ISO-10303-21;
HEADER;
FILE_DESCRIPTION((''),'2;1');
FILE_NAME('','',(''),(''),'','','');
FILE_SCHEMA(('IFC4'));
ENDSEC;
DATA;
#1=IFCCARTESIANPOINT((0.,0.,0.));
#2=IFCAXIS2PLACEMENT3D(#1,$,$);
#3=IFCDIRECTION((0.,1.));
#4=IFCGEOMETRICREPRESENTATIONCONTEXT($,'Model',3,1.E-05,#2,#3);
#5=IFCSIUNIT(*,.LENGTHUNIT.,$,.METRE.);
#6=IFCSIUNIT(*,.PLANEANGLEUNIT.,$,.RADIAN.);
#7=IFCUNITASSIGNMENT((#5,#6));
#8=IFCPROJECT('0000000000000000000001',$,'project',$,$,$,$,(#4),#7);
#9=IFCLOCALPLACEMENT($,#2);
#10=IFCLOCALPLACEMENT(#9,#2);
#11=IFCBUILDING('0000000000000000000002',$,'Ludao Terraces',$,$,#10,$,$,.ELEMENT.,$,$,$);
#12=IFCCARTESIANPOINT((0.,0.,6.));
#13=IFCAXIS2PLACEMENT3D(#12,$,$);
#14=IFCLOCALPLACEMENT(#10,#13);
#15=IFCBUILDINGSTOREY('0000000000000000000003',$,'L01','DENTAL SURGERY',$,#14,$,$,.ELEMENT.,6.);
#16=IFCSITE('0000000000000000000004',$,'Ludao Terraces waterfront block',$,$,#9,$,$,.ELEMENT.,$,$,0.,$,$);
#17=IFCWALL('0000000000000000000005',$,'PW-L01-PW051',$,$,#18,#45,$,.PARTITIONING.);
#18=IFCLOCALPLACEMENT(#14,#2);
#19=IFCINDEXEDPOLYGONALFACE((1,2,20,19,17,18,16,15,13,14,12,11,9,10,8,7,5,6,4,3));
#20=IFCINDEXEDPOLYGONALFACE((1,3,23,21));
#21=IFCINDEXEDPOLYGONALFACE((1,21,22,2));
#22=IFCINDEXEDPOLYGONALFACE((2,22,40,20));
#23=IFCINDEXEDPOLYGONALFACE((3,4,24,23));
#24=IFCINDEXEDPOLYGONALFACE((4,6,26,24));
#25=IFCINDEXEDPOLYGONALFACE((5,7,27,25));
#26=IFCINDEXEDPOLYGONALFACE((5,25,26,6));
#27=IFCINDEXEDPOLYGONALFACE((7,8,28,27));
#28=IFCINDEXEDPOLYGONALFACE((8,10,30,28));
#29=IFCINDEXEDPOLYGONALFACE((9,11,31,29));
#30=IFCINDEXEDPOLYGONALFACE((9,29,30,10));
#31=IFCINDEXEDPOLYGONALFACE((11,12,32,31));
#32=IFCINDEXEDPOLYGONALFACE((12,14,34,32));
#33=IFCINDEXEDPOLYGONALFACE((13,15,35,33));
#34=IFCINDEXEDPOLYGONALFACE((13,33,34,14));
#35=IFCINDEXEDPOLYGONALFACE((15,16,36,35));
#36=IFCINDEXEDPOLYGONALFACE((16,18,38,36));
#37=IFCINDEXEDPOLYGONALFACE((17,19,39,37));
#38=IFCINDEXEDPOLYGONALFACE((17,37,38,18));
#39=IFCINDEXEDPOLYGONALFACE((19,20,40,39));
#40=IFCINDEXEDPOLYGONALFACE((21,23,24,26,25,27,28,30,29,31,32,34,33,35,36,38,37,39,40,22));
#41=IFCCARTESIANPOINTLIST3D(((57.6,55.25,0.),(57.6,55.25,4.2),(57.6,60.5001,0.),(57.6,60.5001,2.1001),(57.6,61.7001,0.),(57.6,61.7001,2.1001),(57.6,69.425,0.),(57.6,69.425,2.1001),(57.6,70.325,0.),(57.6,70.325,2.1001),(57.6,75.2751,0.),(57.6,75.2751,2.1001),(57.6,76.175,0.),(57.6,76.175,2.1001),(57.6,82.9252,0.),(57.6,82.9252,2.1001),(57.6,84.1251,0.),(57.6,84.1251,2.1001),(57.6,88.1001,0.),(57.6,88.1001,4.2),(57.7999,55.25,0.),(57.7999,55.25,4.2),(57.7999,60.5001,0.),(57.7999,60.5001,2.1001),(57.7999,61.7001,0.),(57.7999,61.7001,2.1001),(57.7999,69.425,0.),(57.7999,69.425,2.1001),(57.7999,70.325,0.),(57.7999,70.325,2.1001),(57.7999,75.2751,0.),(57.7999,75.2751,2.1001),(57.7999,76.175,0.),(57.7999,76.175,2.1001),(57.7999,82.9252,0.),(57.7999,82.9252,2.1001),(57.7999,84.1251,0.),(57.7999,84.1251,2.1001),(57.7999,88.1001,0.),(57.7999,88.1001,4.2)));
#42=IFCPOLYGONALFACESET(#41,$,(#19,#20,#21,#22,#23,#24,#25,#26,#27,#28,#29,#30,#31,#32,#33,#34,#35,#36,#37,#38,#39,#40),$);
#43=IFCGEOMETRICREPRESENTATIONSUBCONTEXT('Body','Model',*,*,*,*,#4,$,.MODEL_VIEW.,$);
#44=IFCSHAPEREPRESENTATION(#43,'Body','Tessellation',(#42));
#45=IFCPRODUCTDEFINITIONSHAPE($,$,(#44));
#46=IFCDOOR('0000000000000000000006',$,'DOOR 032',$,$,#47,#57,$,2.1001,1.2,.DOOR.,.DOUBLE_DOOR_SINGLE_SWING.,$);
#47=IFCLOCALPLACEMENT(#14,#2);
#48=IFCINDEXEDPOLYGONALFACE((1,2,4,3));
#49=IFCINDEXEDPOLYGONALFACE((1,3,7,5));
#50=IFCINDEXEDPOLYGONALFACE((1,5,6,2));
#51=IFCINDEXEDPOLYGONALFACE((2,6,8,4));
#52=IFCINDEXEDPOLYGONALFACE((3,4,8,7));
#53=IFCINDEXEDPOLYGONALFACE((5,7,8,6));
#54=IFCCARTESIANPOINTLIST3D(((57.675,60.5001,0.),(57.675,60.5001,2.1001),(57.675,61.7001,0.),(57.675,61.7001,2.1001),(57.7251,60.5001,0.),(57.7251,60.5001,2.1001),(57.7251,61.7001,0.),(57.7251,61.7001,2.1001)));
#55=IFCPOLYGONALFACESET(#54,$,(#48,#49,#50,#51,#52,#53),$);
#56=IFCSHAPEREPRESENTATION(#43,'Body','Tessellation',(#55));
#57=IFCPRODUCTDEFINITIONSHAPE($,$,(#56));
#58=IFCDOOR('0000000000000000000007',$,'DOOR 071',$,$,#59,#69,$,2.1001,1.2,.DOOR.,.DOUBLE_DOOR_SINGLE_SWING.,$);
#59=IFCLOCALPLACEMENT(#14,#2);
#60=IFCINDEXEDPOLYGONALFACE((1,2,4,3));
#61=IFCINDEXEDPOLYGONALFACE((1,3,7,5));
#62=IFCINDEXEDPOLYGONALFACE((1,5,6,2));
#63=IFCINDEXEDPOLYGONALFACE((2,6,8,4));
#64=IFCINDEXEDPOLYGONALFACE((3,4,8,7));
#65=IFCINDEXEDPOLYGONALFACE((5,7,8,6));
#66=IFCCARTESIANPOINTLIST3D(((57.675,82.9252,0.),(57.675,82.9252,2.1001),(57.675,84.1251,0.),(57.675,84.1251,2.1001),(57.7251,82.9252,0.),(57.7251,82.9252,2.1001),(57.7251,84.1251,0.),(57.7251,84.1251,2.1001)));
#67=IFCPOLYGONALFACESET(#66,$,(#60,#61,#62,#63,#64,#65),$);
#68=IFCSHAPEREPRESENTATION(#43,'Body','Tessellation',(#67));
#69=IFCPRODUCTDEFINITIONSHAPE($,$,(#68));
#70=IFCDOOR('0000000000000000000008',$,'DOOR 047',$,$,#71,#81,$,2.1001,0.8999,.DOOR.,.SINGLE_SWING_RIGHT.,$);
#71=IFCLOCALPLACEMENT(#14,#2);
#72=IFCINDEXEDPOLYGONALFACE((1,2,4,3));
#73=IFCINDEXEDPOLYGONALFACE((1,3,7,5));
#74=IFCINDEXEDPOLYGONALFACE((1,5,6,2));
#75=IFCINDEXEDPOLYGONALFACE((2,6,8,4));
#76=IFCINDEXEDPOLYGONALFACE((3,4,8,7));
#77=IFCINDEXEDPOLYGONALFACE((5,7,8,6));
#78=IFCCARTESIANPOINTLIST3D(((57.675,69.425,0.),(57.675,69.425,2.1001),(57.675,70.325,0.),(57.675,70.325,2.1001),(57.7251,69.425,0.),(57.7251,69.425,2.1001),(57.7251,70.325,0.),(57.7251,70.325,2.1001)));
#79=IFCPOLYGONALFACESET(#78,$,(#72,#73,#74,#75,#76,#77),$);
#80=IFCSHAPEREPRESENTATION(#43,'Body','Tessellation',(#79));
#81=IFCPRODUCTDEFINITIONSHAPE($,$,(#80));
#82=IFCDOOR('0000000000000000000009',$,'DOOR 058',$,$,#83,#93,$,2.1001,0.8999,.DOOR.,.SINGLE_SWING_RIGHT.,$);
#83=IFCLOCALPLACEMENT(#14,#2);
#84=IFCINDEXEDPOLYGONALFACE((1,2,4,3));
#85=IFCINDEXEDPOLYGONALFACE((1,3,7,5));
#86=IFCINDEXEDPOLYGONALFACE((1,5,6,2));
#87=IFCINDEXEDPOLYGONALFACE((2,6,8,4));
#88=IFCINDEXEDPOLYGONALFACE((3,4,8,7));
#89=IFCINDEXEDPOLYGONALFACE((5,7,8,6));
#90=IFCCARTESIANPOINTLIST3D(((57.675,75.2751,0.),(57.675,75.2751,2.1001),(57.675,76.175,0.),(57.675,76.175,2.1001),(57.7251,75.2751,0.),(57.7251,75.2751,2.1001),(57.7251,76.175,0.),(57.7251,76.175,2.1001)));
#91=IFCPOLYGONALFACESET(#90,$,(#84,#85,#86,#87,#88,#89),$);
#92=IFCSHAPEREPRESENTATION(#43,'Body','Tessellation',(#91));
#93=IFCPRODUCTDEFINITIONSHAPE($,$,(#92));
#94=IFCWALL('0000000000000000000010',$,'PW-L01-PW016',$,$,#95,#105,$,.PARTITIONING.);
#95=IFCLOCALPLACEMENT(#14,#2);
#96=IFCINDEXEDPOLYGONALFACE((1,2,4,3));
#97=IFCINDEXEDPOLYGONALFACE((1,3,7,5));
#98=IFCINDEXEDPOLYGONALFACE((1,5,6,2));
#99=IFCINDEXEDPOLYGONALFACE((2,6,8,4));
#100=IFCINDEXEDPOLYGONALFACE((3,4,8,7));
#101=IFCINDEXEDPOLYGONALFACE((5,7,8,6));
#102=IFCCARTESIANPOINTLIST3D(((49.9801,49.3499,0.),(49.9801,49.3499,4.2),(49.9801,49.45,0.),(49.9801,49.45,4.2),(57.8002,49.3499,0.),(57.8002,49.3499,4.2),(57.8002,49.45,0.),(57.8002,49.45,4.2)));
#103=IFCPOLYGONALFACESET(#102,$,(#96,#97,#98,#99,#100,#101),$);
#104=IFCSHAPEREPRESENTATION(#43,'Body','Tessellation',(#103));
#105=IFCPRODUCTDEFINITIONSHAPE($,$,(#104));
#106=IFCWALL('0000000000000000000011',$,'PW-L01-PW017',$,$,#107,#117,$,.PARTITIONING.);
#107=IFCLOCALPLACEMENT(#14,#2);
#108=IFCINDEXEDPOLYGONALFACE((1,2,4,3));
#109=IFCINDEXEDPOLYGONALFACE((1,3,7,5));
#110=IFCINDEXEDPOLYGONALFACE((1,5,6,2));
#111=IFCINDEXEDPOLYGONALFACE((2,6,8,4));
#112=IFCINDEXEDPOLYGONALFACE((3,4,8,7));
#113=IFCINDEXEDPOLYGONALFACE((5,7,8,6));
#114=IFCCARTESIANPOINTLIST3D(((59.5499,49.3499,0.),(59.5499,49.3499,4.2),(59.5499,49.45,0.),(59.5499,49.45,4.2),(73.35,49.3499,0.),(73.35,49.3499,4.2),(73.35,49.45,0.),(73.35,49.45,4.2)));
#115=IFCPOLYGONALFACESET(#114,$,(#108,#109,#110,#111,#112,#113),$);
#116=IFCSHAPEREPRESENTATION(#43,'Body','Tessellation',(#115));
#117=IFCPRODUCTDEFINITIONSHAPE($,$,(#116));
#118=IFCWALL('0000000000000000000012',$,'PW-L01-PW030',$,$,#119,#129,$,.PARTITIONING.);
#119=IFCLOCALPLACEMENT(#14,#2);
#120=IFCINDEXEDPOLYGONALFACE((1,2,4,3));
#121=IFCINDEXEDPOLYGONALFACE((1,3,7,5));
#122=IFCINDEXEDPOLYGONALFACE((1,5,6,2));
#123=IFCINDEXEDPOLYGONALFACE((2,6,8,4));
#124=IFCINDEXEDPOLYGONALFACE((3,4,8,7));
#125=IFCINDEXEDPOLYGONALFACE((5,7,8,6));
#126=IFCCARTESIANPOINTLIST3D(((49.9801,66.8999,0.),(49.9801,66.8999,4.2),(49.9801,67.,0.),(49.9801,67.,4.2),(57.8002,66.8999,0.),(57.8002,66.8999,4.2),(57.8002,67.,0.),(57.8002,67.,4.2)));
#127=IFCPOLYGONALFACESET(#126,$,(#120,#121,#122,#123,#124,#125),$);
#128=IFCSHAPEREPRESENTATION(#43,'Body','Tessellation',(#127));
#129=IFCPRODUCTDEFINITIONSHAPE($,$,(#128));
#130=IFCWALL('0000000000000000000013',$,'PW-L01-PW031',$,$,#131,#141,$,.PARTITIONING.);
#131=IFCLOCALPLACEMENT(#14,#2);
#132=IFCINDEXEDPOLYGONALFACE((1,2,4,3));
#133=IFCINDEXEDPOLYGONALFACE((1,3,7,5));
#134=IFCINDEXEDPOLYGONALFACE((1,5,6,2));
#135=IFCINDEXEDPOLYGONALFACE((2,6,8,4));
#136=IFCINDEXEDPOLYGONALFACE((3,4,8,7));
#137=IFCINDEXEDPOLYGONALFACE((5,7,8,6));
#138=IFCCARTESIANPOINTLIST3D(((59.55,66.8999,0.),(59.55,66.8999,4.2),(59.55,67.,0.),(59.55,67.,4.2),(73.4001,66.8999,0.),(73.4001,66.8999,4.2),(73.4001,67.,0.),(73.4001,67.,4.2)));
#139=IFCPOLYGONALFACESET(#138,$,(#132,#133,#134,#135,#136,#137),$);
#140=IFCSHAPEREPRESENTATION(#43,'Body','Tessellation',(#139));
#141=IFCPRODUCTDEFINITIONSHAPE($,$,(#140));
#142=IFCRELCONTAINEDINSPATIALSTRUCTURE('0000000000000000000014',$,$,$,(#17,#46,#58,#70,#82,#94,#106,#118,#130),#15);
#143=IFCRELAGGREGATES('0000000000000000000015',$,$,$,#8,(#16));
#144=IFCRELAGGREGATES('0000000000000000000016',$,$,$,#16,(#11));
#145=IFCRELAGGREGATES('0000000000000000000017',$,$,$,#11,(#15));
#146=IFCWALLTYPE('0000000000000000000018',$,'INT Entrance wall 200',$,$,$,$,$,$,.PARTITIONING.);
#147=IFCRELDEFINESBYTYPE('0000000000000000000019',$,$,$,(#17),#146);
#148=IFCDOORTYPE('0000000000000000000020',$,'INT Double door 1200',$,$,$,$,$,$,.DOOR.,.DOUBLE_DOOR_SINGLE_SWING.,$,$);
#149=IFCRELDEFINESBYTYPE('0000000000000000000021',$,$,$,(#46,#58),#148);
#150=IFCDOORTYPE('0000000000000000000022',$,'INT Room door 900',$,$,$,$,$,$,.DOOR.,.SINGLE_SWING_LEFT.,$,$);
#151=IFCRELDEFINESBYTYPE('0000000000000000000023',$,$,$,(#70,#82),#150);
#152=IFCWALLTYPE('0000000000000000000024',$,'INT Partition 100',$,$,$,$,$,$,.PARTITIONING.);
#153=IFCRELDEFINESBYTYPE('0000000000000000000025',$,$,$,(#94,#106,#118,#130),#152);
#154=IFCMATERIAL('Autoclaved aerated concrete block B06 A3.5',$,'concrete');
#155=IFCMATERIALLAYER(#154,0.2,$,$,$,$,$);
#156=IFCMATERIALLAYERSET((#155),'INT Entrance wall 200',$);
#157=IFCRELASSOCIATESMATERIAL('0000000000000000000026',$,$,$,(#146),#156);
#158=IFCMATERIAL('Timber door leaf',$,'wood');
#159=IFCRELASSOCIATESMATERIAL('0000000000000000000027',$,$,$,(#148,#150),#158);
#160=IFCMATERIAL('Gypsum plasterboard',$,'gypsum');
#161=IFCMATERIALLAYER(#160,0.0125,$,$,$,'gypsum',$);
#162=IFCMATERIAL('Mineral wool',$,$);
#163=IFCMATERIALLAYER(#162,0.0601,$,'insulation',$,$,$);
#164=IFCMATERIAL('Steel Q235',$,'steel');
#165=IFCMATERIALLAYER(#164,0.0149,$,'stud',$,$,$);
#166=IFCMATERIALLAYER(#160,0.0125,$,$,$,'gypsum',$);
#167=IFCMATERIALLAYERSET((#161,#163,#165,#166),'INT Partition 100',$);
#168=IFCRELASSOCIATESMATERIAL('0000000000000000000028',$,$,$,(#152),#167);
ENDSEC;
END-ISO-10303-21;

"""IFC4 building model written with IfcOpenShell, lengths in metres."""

from ifc_helpers import new_model, si_unit, direction, frame, frame_2d, origin, place, context, subcontext, project, spatial, rectangle, extrude, material, layer, layer_set, type_object, element, fill, save


model = new_model("IFC4")

# Units and contexts
model_context = context("Model", 3, precision=1e-05, world=origin(), true_north=direction((0.0, 1.0)))
body_context = subcontext(model_context, "Body", "Model", "MODEL_VIEW")
ifc_project = project(units=[si_unit("LENGTHUNIT", "METRE"), si_unit("PLANEANGLEUNIT", "RADIAN")], contexts=[model_context])

# Site, building, storey
site_placement = place(None, origin())
site = spatial("IfcSite", under=ifc_project, at=site_placement, Name="Ludao Terraces waterfront block", CompositionType="ELEMENT", RefElevation=0.0)
building_placement = place(site_placement, origin())
building = spatial("IfcBuilding", under=site, at=building_placement, Name="Ludao Terraces", CompositionType="ELEMENT")
storey_placement = place(building_placement, frame((0.0, 0.0, 6.0)))
storey = spatial("IfcBuildingStorey", under=building, at=storey_placement, Name="L01", Description="DENTAL SURGERY", CompositionType="ELEMENT", Elevation=6.0)

# Shared definitions
ifc_material_1 = material(Name="Autoclaved aerated concrete block B06 A3.5", Category="concrete")
ifc_layer_1 = layer(ifc_material_1, 0.2)
ifc_layer_set_1 = layer_set([ifc_layer_1], Name="INT Entrance wall 200")
wall_type_1 = type_object("IfcWallType", Name="INT Entrance wall 200", PredefinedType="PARTITIONING", material=ifc_layer_set_1)

# Wall, openings, doors
wall_1_placement = place(storey_placement, frame((57.7, 55.25, 0.0), z_axis=(0.0, 0.0, 1.0), x_axis=(0.0, 1.0, 0.0)))
wall_1 = element("IfcWall", 1, at=wall_1_placement, inside=storey, type_object=wall_type_1, Name="PW-L01-PW051", PredefinedType="PARTITIONING", context=body_context, shape_type="SweptSolid", body=[
    extrude(rectangle(XDim=32.8501, YDim=0.2, at=frame_2d((16.425, 0.0))), origin(), (0.0, 0.0, 1.0), 4.2),
])
opening_1_placement = place(wall_1_placement, frame((5.25, 0.0, 0.0)))
opening_1 = element("IfcOpeningElement", 2, at=opening_1_placement, cuts=wall_1, PredefinedType="OPENING", context=body_context, shape_type="SweptSolid", body=[
    extrude(rectangle(XDim=1.2, YDim=2.1001, at=frame_2d((0.6001, 1.05))), frame((0.0, 0.1099, 0.0), z_axis=(0.0, -1.0, 0.0), x_axis=(1.0, 0.0, 0.0)), (0.0, 0.0, 1.0), 0.22),
])
opening_2_placement = place(wall_1_placement, frame((14.175, 0.0, 0.0)))
opening_2 = element("IfcOpeningElement", 3, at=opening_2_placement, cuts=wall_1, PredefinedType="OPENING", context=body_context, shape_type="SweptSolid", body=[
    extrude(rectangle(XDim=0.8999, YDim=2.1001, at=frame_2d((0.45, 1.05))), frame((0.0, 0.1099, 0.0), z_axis=(0.0, -1.0, 0.0), x_axis=(1.0, 0.0, 0.0)), (0.0, 0.0, 1.0), 0.22),
])
opening_3_placement = place(wall_1_placement, frame((20.0251, 0.0, 0.0)))
opening_3 = element("IfcOpeningElement", 4, at=opening_3_placement, cuts=wall_1, PredefinedType="OPENING", context=body_context, shape_type="SweptSolid", body=[
    extrude(rectangle(XDim=0.8999, YDim=2.1001, at=frame_2d((0.45, 1.05))), frame((0.0, 0.1099, 0.0), z_axis=(0.0, -1.0, 0.0), x_axis=(1.0, 0.0, 0.0)), (0.0, 0.0, 1.0), 0.22),
])
opening_4_placement = place(wall_1_placement, frame((27.675, 0.0, 0.0)))
opening_4 = element("IfcOpeningElement", 5, at=opening_4_placement, cuts=wall_1, PredefinedType="OPENING", context=body_context, shape_type="SweptSolid", body=[
    extrude(rectangle(XDim=1.2, YDim=2.1001, at=frame_2d((0.6001, 1.05))), frame((0.0, 0.1099, 0.0), z_axis=(0.0, -1.0, 0.0), x_axis=(1.0, 0.0, 0.0)), (0.0, 0.0, 1.0), 0.22),
])
ifc_material_2 = material(Name="Timber door leaf", Category="wood")
door_type_1 = type_object("IfcDoorType", Name="INT Double door 1200", OperationType="DOUBLE_DOOR_SINGLE_SWING", PredefinedType="DOOR", material=ifc_material_2)
door_1_placement = place(opening_1_placement, origin())
door_1 = element("IfcDoor", 6, at=door_1_placement, inside=storey, type_object=door_type_1, Name="DOOR 032", OperationType="DOUBLE_DOOR_SINGLE_SWING", OverallHeight=2.1001, OverallWidth=1.2, PredefinedType="DOOR", context=body_context, shape_type="SweptSolid", body=[
    extrude(rectangle(XDim=1.2, YDim=2.1001, at=frame_2d((0.6001, 1.05))), frame((0.0, 0.0249, 0.0), z_axis=(0.0, -1.0, 0.0), x_axis=(1.0, 0.0, 0.0)), (0.0, 0.0, 1.0), 0.05),
])
fill(opening_1, door_1)
door_2_placement = place(opening_4_placement, origin())
door_2 = element("IfcDoor", 7, at=door_2_placement, inside=storey, type_object=door_type_1, Name="DOOR 071", OperationType="DOUBLE_DOOR_SINGLE_SWING", OverallHeight=2.1001, OverallWidth=1.2, PredefinedType="DOOR", context=body_context, shape_type="SweptSolid", body=[
    extrude(rectangle(XDim=1.2, YDim=2.1001, at=frame_2d((0.6001, 1.05))), frame((0.0, 0.0249, 0.0), z_axis=(0.0, -1.0, 0.0), x_axis=(1.0, 0.0, 0.0)), (0.0, 0.0, 1.0), 0.05),
])
fill(opening_4, door_2)
door_type_2 = type_object("IfcDoorType", Name="INT Room door 900", OperationType="SINGLE_SWING_LEFT", PredefinedType="DOOR", material=ifc_material_2)
door_3_placement = place(opening_2_placement, origin())
door_3 = element("IfcDoor", 8, at=door_3_placement, inside=storey, type_object=door_type_2, Name="DOOR 047", OperationType="SINGLE_SWING_RIGHT", OverallHeight=2.1001, OverallWidth=0.8999, PredefinedType="DOOR", context=body_context, shape_type="SweptSolid", body=[
    extrude(rectangle(XDim=0.8999, YDim=2.1001, at=frame_2d((0.45, 1.05))), frame((0.0, 0.0249, 0.0), z_axis=(0.0, -1.0, 0.0), x_axis=(1.0, 0.0, 0.0)), (0.0, 0.0, 1.0), 0.05),
])
fill(opening_2, door_3)
door_4_placement = place(opening_3_placement, origin())
door_4 = element("IfcDoor", 9, at=door_4_placement, inside=storey, type_object=door_type_2, Name="DOOR 058", OperationType="SINGLE_SWING_RIGHT", OverallHeight=2.1001, OverallWidth=0.8999, PredefinedType="DOOR", context=body_context, shape_type="SweptSolid", body=[
    extrude(rectangle(XDim=0.8999, YDim=2.1001, at=frame_2d((0.45, 1.05))), frame((0.0, 0.0249, 0.0), z_axis=(0.0, -1.0, 0.0), x_axis=(1.0, 0.0, 0.0)), (0.0, 0.0, 1.0), 0.05),
])
fill(opening_3, door_4)

# Walls
ifc_material_3 = material(Name="Gypsum plasterboard", Category="gypsum")
ifc_layer_2 = layer(ifc_material_3, 0.0125, Category="gypsum")
ifc_material_4 = material(Name="Mineral wool")
ifc_layer_3 = layer(ifc_material_4, 0.0601, Name="insulation")
ifc_material_5 = material(Name="Steel Q235", Category="steel")
ifc_layer_4 = layer(ifc_material_5, 0.0149, Name="stud")
ifc_layer_5 = layer(ifc_material_3, 0.0125, Category="gypsum")
ifc_layer_set_2 = layer_set([ifc_layer_2, ifc_layer_3, ifc_layer_4, ifc_layer_5], Name="INT Partition 100")
wall_type_2 = type_object("IfcWallType", Name="INT Partition 100", PredefinedType="PARTITIONING", material=ifc_layer_set_2)
wall_2_placement = place(storey_placement, frame((49.98, 49.3999, 0.0), z_axis=(0.0, 0.0, 1.0), x_axis=(1.0, 0.0, 0.0)))
element("IfcWall", 10, at=wall_2_placement, inside=storey, type_object=wall_type_2, Name="PW-L01-PW016", PredefinedType="PARTITIONING", context=body_context, shape_type="SweptSolid", body=[
    extrude(rectangle(XDim=7.8201, YDim=0.1001, at=frame_2d((3.9102, 0.0))), origin(), (0.0, 0.0, 1.0), 4.2),
])
wall_3_placement = place(storey_placement, frame((59.55, 49.3999, 0.0), z_axis=(0.0, 0.0, 1.0), x_axis=(1.0, 0.0, 0.0)))
element("IfcWall", 11, at=wall_3_placement, inside=storey, type_object=wall_type_2, Name="PW-L01-PW017", PredefinedType="PARTITIONING", context=body_context, shape_type="SweptSolid", body=[
    extrude(rectangle(XDim=13.8, YDim=0.1001, at=frame_2d((6.8999, 0.0))), origin(), (0.0, 0.0, 1.0), 4.2),
])
wall_4_placement = place(storey_placement, frame((49.98, 66.95, 0.0), z_axis=(0.0, 0.0, 1.0), x_axis=(1.0, 0.0, 0.0)))
element("IfcWall", 12, at=wall_4_placement, inside=storey, type_object=wall_type_2, Name="PW-L01-PW030", PredefinedType="PARTITIONING", context=body_context, shape_type="SweptSolid", body=[
    extrude(rectangle(XDim=7.8201, YDim=0.1001, at=frame_2d((3.9102, 0.0))), origin(), (0.0, 0.0, 1.0), 4.2),
])
wall_5_placement = place(storey_placement, frame((59.55, 66.95, 0.0), z_axis=(0.0, 0.0, 1.0), x_axis=(1.0, 0.0, 0.0)))
element("IfcWall", 13, at=wall_5_placement, inside=storey, type_object=wall_type_2, Name="PW-L01-PW031", PredefinedType="PARTITIONING", context=body_context, shape_type="SweptSolid", body=[
    extrude(rectangle(XDim=13.8501, YDim=0.1001, at=frame_2d((6.925, 0.0))), origin(), (0.0, 0.0, 1.0), 4.2),
])

save(model, "model.ifc")
